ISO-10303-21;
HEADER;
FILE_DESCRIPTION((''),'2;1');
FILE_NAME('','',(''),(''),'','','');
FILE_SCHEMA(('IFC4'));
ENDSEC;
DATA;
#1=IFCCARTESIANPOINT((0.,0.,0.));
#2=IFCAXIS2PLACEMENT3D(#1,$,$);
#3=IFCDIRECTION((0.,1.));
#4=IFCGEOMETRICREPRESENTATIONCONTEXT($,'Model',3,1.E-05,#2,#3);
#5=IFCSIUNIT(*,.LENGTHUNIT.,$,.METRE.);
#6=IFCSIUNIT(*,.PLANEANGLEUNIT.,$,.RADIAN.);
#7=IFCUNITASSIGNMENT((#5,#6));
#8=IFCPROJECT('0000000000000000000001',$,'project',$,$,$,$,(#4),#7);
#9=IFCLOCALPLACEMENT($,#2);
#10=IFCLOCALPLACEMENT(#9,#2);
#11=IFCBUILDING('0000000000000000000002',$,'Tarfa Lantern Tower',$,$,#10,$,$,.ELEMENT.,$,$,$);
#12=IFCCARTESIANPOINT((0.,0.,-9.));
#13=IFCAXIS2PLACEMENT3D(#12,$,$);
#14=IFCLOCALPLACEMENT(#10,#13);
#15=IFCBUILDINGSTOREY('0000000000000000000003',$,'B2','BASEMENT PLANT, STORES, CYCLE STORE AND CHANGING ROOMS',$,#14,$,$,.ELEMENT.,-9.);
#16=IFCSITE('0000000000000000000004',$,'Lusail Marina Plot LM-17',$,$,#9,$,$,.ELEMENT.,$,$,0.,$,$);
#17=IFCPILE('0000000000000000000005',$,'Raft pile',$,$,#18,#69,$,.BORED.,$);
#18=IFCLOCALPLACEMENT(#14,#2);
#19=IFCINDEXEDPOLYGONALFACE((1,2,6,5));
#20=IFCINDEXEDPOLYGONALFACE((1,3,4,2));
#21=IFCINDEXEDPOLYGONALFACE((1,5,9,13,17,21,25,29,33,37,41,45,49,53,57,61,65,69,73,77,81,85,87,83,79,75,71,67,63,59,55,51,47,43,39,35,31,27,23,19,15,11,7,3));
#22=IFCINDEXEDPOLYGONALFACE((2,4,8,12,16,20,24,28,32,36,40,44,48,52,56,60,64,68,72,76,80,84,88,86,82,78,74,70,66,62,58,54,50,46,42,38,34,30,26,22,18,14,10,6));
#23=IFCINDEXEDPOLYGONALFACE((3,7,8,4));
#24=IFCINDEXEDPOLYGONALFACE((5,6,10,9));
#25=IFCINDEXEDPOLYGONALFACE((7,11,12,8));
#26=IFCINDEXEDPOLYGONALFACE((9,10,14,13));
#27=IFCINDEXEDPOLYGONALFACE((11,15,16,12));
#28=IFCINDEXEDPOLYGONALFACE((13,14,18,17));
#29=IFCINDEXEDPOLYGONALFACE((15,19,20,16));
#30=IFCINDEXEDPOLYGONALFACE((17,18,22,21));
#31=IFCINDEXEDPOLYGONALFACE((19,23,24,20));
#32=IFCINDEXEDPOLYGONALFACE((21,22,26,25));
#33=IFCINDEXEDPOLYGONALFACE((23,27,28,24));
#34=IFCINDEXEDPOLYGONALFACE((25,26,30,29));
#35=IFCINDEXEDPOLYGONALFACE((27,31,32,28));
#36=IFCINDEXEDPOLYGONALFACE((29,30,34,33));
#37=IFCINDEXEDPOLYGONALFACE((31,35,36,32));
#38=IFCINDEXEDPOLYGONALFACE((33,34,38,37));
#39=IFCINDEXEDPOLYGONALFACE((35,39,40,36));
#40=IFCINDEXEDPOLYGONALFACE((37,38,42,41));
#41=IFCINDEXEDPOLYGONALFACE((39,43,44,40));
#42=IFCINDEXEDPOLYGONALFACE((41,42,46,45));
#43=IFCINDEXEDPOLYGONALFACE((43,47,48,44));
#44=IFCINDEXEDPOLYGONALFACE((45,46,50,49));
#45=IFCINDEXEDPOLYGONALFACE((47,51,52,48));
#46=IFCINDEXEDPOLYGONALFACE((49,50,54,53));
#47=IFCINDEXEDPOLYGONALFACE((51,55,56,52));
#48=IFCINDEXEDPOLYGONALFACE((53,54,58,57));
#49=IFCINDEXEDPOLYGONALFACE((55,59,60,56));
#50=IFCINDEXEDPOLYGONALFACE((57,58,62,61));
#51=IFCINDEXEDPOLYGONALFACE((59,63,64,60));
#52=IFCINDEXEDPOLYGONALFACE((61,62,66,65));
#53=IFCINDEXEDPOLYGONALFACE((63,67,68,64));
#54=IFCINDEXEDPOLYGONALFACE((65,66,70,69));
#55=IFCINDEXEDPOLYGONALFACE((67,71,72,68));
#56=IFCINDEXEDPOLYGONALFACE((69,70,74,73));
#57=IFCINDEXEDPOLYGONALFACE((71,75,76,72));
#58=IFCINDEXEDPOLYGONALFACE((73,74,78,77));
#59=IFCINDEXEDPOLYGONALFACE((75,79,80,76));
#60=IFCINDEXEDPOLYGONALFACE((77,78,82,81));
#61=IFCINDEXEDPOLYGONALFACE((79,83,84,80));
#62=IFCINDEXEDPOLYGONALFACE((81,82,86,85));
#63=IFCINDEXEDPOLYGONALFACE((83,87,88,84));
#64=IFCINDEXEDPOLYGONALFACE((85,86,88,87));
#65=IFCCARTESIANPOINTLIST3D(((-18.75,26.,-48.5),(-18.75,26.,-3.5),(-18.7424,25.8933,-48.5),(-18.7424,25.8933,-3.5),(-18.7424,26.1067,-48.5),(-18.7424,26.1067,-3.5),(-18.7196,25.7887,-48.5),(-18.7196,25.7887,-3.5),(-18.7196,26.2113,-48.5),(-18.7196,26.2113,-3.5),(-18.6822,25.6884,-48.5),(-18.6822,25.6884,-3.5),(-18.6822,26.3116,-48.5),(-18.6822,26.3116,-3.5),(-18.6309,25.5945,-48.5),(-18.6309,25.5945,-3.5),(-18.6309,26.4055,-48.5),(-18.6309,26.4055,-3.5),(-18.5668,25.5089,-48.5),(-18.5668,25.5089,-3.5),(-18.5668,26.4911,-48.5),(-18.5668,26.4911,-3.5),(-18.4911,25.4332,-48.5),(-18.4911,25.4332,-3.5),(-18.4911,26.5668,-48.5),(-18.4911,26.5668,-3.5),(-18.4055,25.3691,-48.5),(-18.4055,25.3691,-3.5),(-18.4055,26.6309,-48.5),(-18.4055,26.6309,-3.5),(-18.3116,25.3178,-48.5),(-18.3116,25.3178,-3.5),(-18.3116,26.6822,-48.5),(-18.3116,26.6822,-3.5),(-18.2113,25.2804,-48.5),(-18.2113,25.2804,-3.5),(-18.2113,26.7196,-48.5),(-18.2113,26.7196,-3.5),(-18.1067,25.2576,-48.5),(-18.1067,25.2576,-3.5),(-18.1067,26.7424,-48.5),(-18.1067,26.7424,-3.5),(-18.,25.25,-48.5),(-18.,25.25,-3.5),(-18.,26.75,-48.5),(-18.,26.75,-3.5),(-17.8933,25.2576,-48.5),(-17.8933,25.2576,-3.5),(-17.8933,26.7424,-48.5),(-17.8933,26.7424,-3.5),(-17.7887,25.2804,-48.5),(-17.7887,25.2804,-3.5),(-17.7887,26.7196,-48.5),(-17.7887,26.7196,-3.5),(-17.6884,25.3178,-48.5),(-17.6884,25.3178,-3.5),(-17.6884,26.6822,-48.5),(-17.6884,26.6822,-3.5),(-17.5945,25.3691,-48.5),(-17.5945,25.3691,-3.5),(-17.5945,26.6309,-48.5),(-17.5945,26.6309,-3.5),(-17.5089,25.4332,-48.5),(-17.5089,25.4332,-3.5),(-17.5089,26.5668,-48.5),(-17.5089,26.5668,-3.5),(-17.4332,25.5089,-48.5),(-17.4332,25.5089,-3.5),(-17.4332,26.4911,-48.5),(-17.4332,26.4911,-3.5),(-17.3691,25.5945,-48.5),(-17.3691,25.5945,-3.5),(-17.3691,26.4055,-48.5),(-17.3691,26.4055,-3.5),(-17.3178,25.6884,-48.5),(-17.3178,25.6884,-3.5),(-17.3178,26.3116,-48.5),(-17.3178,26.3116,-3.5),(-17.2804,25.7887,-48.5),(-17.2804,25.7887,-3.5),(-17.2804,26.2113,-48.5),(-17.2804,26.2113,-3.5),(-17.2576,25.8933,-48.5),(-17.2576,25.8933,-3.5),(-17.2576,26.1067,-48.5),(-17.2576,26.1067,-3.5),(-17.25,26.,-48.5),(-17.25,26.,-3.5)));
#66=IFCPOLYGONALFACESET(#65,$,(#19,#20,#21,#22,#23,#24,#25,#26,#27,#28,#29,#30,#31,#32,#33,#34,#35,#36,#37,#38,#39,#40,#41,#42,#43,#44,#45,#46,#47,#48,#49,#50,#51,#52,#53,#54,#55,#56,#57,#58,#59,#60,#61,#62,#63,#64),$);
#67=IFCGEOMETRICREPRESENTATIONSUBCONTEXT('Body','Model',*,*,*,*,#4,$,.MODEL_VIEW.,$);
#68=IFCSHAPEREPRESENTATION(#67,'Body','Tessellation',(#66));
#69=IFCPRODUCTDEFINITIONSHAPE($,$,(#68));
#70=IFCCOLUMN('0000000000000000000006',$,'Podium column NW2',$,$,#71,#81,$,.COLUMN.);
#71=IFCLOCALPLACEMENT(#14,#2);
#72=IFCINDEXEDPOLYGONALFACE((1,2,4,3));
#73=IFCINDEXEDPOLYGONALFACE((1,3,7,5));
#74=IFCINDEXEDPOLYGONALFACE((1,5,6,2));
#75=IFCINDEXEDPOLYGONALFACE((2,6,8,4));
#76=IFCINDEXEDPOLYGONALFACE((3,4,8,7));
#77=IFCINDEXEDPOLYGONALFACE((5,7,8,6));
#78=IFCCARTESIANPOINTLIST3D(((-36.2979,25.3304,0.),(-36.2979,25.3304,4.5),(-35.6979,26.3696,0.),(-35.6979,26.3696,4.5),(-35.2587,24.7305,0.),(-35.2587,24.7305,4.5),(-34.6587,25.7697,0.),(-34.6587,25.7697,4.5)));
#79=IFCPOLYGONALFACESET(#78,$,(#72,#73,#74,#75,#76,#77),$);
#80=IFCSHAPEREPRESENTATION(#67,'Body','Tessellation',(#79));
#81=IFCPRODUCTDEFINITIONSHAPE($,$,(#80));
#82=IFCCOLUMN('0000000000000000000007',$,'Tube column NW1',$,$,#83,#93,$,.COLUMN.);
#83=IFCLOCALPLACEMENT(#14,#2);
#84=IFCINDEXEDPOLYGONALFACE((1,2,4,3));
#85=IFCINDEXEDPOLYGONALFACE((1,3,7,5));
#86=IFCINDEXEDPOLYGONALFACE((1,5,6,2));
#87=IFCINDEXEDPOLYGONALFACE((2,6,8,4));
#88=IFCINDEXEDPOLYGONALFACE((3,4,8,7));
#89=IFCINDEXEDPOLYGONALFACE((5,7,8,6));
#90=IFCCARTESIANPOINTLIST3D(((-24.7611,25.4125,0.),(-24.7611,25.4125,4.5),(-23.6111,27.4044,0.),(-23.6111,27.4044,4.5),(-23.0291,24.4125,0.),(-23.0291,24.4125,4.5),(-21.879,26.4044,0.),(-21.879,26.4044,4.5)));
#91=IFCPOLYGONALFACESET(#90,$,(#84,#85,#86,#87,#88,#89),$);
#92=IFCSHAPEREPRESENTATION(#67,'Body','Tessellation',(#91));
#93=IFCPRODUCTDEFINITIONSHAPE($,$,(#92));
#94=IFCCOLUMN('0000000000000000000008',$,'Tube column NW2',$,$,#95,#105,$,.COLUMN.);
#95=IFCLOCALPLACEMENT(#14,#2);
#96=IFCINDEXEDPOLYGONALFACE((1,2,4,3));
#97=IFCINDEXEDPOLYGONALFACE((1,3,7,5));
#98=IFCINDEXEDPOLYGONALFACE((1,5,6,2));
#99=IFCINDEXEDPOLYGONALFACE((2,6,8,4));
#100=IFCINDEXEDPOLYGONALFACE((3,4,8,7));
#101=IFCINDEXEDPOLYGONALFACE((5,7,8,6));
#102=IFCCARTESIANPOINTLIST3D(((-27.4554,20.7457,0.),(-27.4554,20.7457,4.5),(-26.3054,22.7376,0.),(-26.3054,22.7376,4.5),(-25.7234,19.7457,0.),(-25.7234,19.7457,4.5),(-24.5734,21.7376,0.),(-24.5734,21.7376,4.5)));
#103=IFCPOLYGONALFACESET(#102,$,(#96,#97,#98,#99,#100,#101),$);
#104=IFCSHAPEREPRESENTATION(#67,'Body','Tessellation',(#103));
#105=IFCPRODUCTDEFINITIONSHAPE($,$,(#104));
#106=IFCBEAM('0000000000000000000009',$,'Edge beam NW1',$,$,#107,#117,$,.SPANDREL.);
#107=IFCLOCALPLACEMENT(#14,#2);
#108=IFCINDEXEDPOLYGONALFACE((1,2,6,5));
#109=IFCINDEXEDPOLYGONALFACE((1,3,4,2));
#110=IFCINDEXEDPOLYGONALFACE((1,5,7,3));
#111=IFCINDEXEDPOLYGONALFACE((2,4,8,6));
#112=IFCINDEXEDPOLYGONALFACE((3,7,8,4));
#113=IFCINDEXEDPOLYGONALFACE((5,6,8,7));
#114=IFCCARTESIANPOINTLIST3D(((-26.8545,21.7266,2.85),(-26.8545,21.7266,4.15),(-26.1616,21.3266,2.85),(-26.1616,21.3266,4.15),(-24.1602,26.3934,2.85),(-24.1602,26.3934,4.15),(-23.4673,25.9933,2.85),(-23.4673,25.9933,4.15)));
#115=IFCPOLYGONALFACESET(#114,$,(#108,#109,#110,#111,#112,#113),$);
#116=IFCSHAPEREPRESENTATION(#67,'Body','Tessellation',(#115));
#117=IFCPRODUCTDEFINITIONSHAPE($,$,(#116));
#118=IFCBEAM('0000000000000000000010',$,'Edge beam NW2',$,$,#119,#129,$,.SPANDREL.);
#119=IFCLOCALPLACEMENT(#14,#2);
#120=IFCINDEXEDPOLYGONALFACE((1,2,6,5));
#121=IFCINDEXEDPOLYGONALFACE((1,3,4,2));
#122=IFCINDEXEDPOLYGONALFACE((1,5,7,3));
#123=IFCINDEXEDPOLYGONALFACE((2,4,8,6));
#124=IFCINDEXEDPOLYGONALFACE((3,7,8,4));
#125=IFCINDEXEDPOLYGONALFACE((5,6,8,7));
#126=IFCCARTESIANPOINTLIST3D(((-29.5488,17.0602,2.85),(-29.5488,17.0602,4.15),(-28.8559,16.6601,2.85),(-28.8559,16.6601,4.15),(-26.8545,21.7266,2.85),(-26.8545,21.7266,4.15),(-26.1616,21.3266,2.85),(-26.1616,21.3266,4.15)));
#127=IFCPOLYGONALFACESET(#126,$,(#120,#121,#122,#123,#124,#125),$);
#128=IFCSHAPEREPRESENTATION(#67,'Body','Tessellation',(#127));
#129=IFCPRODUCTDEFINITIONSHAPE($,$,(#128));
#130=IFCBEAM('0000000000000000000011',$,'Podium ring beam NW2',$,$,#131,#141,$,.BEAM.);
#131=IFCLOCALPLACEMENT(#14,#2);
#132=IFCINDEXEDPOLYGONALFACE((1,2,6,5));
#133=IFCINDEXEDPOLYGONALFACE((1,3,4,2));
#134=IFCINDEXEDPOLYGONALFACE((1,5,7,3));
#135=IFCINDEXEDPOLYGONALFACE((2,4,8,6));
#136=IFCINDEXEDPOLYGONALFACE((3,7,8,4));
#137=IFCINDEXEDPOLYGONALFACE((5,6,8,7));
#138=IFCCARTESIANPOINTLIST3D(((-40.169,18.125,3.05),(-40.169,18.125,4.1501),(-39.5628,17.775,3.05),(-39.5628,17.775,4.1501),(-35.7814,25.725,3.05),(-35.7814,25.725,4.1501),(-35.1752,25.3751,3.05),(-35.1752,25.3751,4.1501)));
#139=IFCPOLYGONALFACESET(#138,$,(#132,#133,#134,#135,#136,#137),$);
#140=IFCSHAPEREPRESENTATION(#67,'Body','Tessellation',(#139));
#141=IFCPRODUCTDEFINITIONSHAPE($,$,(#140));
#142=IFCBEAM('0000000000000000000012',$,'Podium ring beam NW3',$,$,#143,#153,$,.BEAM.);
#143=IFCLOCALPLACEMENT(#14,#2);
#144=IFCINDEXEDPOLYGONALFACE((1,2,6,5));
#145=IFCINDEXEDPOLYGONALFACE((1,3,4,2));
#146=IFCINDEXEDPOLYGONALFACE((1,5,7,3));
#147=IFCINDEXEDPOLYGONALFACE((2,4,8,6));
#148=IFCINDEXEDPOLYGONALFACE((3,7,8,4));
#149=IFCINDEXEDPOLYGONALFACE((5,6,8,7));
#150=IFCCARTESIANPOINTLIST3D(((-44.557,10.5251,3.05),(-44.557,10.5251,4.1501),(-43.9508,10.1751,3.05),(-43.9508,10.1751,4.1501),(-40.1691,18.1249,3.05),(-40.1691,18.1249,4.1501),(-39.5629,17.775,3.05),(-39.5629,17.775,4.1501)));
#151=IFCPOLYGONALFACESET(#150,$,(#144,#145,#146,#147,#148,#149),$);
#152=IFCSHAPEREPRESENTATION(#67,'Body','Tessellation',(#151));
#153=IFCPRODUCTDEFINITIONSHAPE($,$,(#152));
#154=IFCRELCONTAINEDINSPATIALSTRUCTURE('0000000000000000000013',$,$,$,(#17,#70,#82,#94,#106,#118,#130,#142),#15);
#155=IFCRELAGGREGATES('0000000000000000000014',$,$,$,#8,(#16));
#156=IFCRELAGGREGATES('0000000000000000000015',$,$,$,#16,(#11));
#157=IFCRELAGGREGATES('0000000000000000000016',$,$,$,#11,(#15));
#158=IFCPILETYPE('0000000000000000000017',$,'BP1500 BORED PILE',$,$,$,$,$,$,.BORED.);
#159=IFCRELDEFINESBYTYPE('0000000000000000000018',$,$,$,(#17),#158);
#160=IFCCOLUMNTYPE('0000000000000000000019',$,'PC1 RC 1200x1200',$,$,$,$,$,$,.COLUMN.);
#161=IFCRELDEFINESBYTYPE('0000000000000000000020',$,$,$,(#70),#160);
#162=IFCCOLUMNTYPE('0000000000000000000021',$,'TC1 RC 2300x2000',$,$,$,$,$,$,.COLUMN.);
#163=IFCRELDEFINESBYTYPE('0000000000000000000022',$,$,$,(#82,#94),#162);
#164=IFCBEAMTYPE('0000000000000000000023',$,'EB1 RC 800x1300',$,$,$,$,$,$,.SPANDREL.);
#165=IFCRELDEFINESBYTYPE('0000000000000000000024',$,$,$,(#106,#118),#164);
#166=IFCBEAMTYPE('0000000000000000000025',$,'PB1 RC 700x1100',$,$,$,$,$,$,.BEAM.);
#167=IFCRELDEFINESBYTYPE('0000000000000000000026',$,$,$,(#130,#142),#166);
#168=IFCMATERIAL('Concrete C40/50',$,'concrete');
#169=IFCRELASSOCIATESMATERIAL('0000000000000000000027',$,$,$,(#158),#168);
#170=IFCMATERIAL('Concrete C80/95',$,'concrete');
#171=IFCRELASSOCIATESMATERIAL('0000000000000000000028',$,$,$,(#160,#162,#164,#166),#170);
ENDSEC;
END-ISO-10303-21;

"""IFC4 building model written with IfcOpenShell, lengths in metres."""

from ifc_helpers import new_model, si_unit, direction, frame, origin, origin_2d, place, context, subcontext, project, spatial, rectangle, circle, extrude, material, material_profile, profile_set, type_object, element, save


model = new_model("IFC4")

# Units and contexts
model_context = context("Model", 3, precision=1e-05, world=origin(), true_north=direction((0.0, 1.0)))
body_context = subcontext(model_context, "Body", "Model", "MODEL_VIEW")
ifc_project = project(units=[si_unit("LENGTHUNIT", "METRE"), si_unit("PLANEANGLEUNIT", "RADIAN")], contexts=[model_context])

# Site, building, storey
site_placement = place(None, origin())
site = spatial("IfcSite", under=ifc_project, at=site_placement, Name="Lusail Marina Plot LM-17", CompositionType="ELEMENT", RefElevation=0.0)
building_placement = place(site_placement, origin())
building = spatial("IfcBuilding", under=site, at=building_placement, Name="Tarfa Lantern Tower", CompositionType="ELEMENT")
storey_placement = place(building_placement, frame((0.0, 0.0, -9.0)))
storey = spatial("IfcBuildingStorey", under=building, at=storey_placement, Name="B2", Description="BASEMENT PLANT, STORES, CYCLE STORE AND CHANGING ROOMS", CompositionType="ELEMENT", Elevation=-9.0)

# Pile
ifc_material_1 = material(Name="Concrete C40/50", Category="concrete")
ifc_material_profile_1 = material_profile(ifc_material_1, circle(Radius=0.75, at=origin_2d()), Name="BORED PILE D1500")
ifc_profile_set_1 = profile_set([ifc_material_profile_1], Name="Concrete C40/50")
pile_type_1 = type_object("IfcPileType", Name="BP1500 BORED PILE", PredefinedType="BORED", material=ifc_profile_set_1)
for number, where, z_axis, x_axis, name in (
    (1, (-18.0, 26.0, -3.5), (0.0, 0.0, -1.0), (1.0, 0.0, 0.0), "Raft pile"),
):
    element("IfcPile", number, at=place(storey_placement, frame(where, z_axis=z_axis, x_axis=x_axis)), inside=storey, type_object=pile_type_1, Name=name, PredefinedType="BORED", context=body_context, shape_type="SweptSolid", body=[
        extrude(circle(Radius=0.75, at=origin_2d()), origin(), (0.0, 0.0, 1.0), 45.0),
    ])

# Columns
ifc_material_2 = material(Name="Concrete C80/95", Category="concrete")
ifc_material_profile_2 = material_profile(ifc_material_2, rectangle(XDim=1.2, YDim=1.2, at=origin_2d()), Name="RC 1200x1200")
ifc_profile_set_2 = profile_set([ifc_material_profile_2], Name="Concrete C80/95")
column_type_1 = type_object("IfcColumnType", Name="PC1 RC 1200x1200", PredefinedType="COLUMN", material=ifc_profile_set_2)
column_placement = place(storey_placement, frame((-35.4783, 25.55, 0.0), z_axis=(0.0, 0.0, 1.0), x_axis=(-0.5, -0.866025, 0.0)))
element("IfcColumn", 2, at=column_placement, inside=storey, type_object=column_type_1, Name="Podium column NW2", PredefinedType="COLUMN", context=body_context, shape_type="SweptSolid", body=[
    extrude(rectangle(XDim=1.2, YDim=1.2, at=origin_2d()), origin(), (0.0, 0.0, 1.0), 4.5),
])
ifc_material_profile_3 = material_profile(ifc_material_2, rectangle(XDim=2.3, YDim=2.0, at=origin_2d()), Name="RC 2300x2000")
ifc_profile_set_3 = profile_set([ifc_material_profile_3], Name="Concrete C80/95")
column_type_2 = type_object("IfcColumnType", Name="TC1 RC 2300x2000", PredefinedType="COLUMN", material=ifc_profile_set_3)
for number, where, z_axis, x_axis, name in (
    (3, (-23.3201, 25.9084, 0.0), (0.0, 0.0, 1.0), (-0.5, -0.866025, 0.0), "Tube column NW1"),
    (4, (-26.0144, 21.2417, 0.0), (0.0, 0.0, 1.0), (-0.5, -0.866025, 0.0), "Tube column NW2"),
):
    element("IfcColumn", number, at=place(storey_placement, frame(where, z_axis=z_axis, x_axis=x_axis)), inside=storey, type_object=column_type_2, Name=name, PredefinedType="COLUMN", context=body_context, shape_type="SweptSolid", body=[
        extrude(rectangle(XDim=2.3, YDim=2.0, at=origin_2d()), origin(), (0.0, 0.0, 1.0), 4.5),
    ])

# Beams
ifc_material_profile_4 = material_profile(ifc_material_2, rectangle(XDim=0.8, YDim=1.3, at=origin_2d()), Name="RC 800x1300")
ifc_profile_set_4 = profile_set([ifc_material_profile_4], Name="Concrete C80/95")
beam_type_1 = type_object("IfcBeamType", Name="EB1 RC 800x1300", PredefinedType="SPANDREL", material=ifc_profile_set_4)
beam_1_placement = place(storey_placement, frame((-23.8137, 26.1934, 3.5), z_axis=(-0.499998, -0.866026, 0.0), x_axis=(0.866026, -0.499998, 0.0)))
element("IfcBeam", 5, at=beam_1_placement, inside=storey, type_object=beam_type_1, Name="Edge beam NW1", PredefinedType="SPANDREL", context=body_context, shape_type="SweptSolid", body=[
    extrude(rectangle(XDim=0.8, YDim=1.3, at=origin_2d()), origin(), (0.0, 0.0, 1.0), 5.3887),
])
beam_2_placement = place(storey_placement, frame((-26.5081, 21.5266, 3.5), z_axis=(-0.500018, -0.866015, 0.0), x_axis=(0.866015, -0.500018, 0.0)))
element("IfcBeam", 6, at=beam_2_placement, inside=storey, type_object=beam_type_1, Name="Edge beam NW2", PredefinedType="SPANDREL", context=body_context, shape_type="SweptSolid", body=[
    extrude(rectangle(XDim=0.8, YDim=1.3, at=origin_2d()), origin(), (0.0, 0.0, 1.0), 5.3884),
])
ifc_material_profile_5 = material_profile(ifc_material_2, rectangle(XDim=0.7, YDim=1.1001, at=origin_2d()), Name="RC 700x1100")
ifc_profile_set_5 = profile_set([ifc_material_profile_5], Name="Concrete C80/95")
beam_type_2 = type_object("IfcBeamType", Name="PB1 RC 700x1100", PredefinedType="BEAM", material=ifc_profile_set_5)
for number, where, z_axis, x_axis, name in (
    (7, (-35.4783, 25.55, 3.6001), (-0.499981, -0.866036, 0.0), (0.866036, -0.499981, 0.0), "Podium ring beam NW2"),
    (8, (-39.866, 17.95, 3.6001), (-0.500014, -0.866017, 0.0), (0.866017, -0.500014, 0.0), "Podium ring beam NW3"),
):
    element("IfcBeam", number, at=place(storey_placement, frame(where, z_axis=z_axis, x_axis=x_axis)), inside=storey, type_object=beam_type_2, Name=name, PredefinedType="BEAM", context=body_context, shape_type="SweptSolid", body=[
        extrude(rectangle(XDim=0.7, YDim=1.1001, at=origin_2d()), origin(), (0.0, 0.0, 1.0), 8.7756),
    ])

save(model, "model.ifc")
